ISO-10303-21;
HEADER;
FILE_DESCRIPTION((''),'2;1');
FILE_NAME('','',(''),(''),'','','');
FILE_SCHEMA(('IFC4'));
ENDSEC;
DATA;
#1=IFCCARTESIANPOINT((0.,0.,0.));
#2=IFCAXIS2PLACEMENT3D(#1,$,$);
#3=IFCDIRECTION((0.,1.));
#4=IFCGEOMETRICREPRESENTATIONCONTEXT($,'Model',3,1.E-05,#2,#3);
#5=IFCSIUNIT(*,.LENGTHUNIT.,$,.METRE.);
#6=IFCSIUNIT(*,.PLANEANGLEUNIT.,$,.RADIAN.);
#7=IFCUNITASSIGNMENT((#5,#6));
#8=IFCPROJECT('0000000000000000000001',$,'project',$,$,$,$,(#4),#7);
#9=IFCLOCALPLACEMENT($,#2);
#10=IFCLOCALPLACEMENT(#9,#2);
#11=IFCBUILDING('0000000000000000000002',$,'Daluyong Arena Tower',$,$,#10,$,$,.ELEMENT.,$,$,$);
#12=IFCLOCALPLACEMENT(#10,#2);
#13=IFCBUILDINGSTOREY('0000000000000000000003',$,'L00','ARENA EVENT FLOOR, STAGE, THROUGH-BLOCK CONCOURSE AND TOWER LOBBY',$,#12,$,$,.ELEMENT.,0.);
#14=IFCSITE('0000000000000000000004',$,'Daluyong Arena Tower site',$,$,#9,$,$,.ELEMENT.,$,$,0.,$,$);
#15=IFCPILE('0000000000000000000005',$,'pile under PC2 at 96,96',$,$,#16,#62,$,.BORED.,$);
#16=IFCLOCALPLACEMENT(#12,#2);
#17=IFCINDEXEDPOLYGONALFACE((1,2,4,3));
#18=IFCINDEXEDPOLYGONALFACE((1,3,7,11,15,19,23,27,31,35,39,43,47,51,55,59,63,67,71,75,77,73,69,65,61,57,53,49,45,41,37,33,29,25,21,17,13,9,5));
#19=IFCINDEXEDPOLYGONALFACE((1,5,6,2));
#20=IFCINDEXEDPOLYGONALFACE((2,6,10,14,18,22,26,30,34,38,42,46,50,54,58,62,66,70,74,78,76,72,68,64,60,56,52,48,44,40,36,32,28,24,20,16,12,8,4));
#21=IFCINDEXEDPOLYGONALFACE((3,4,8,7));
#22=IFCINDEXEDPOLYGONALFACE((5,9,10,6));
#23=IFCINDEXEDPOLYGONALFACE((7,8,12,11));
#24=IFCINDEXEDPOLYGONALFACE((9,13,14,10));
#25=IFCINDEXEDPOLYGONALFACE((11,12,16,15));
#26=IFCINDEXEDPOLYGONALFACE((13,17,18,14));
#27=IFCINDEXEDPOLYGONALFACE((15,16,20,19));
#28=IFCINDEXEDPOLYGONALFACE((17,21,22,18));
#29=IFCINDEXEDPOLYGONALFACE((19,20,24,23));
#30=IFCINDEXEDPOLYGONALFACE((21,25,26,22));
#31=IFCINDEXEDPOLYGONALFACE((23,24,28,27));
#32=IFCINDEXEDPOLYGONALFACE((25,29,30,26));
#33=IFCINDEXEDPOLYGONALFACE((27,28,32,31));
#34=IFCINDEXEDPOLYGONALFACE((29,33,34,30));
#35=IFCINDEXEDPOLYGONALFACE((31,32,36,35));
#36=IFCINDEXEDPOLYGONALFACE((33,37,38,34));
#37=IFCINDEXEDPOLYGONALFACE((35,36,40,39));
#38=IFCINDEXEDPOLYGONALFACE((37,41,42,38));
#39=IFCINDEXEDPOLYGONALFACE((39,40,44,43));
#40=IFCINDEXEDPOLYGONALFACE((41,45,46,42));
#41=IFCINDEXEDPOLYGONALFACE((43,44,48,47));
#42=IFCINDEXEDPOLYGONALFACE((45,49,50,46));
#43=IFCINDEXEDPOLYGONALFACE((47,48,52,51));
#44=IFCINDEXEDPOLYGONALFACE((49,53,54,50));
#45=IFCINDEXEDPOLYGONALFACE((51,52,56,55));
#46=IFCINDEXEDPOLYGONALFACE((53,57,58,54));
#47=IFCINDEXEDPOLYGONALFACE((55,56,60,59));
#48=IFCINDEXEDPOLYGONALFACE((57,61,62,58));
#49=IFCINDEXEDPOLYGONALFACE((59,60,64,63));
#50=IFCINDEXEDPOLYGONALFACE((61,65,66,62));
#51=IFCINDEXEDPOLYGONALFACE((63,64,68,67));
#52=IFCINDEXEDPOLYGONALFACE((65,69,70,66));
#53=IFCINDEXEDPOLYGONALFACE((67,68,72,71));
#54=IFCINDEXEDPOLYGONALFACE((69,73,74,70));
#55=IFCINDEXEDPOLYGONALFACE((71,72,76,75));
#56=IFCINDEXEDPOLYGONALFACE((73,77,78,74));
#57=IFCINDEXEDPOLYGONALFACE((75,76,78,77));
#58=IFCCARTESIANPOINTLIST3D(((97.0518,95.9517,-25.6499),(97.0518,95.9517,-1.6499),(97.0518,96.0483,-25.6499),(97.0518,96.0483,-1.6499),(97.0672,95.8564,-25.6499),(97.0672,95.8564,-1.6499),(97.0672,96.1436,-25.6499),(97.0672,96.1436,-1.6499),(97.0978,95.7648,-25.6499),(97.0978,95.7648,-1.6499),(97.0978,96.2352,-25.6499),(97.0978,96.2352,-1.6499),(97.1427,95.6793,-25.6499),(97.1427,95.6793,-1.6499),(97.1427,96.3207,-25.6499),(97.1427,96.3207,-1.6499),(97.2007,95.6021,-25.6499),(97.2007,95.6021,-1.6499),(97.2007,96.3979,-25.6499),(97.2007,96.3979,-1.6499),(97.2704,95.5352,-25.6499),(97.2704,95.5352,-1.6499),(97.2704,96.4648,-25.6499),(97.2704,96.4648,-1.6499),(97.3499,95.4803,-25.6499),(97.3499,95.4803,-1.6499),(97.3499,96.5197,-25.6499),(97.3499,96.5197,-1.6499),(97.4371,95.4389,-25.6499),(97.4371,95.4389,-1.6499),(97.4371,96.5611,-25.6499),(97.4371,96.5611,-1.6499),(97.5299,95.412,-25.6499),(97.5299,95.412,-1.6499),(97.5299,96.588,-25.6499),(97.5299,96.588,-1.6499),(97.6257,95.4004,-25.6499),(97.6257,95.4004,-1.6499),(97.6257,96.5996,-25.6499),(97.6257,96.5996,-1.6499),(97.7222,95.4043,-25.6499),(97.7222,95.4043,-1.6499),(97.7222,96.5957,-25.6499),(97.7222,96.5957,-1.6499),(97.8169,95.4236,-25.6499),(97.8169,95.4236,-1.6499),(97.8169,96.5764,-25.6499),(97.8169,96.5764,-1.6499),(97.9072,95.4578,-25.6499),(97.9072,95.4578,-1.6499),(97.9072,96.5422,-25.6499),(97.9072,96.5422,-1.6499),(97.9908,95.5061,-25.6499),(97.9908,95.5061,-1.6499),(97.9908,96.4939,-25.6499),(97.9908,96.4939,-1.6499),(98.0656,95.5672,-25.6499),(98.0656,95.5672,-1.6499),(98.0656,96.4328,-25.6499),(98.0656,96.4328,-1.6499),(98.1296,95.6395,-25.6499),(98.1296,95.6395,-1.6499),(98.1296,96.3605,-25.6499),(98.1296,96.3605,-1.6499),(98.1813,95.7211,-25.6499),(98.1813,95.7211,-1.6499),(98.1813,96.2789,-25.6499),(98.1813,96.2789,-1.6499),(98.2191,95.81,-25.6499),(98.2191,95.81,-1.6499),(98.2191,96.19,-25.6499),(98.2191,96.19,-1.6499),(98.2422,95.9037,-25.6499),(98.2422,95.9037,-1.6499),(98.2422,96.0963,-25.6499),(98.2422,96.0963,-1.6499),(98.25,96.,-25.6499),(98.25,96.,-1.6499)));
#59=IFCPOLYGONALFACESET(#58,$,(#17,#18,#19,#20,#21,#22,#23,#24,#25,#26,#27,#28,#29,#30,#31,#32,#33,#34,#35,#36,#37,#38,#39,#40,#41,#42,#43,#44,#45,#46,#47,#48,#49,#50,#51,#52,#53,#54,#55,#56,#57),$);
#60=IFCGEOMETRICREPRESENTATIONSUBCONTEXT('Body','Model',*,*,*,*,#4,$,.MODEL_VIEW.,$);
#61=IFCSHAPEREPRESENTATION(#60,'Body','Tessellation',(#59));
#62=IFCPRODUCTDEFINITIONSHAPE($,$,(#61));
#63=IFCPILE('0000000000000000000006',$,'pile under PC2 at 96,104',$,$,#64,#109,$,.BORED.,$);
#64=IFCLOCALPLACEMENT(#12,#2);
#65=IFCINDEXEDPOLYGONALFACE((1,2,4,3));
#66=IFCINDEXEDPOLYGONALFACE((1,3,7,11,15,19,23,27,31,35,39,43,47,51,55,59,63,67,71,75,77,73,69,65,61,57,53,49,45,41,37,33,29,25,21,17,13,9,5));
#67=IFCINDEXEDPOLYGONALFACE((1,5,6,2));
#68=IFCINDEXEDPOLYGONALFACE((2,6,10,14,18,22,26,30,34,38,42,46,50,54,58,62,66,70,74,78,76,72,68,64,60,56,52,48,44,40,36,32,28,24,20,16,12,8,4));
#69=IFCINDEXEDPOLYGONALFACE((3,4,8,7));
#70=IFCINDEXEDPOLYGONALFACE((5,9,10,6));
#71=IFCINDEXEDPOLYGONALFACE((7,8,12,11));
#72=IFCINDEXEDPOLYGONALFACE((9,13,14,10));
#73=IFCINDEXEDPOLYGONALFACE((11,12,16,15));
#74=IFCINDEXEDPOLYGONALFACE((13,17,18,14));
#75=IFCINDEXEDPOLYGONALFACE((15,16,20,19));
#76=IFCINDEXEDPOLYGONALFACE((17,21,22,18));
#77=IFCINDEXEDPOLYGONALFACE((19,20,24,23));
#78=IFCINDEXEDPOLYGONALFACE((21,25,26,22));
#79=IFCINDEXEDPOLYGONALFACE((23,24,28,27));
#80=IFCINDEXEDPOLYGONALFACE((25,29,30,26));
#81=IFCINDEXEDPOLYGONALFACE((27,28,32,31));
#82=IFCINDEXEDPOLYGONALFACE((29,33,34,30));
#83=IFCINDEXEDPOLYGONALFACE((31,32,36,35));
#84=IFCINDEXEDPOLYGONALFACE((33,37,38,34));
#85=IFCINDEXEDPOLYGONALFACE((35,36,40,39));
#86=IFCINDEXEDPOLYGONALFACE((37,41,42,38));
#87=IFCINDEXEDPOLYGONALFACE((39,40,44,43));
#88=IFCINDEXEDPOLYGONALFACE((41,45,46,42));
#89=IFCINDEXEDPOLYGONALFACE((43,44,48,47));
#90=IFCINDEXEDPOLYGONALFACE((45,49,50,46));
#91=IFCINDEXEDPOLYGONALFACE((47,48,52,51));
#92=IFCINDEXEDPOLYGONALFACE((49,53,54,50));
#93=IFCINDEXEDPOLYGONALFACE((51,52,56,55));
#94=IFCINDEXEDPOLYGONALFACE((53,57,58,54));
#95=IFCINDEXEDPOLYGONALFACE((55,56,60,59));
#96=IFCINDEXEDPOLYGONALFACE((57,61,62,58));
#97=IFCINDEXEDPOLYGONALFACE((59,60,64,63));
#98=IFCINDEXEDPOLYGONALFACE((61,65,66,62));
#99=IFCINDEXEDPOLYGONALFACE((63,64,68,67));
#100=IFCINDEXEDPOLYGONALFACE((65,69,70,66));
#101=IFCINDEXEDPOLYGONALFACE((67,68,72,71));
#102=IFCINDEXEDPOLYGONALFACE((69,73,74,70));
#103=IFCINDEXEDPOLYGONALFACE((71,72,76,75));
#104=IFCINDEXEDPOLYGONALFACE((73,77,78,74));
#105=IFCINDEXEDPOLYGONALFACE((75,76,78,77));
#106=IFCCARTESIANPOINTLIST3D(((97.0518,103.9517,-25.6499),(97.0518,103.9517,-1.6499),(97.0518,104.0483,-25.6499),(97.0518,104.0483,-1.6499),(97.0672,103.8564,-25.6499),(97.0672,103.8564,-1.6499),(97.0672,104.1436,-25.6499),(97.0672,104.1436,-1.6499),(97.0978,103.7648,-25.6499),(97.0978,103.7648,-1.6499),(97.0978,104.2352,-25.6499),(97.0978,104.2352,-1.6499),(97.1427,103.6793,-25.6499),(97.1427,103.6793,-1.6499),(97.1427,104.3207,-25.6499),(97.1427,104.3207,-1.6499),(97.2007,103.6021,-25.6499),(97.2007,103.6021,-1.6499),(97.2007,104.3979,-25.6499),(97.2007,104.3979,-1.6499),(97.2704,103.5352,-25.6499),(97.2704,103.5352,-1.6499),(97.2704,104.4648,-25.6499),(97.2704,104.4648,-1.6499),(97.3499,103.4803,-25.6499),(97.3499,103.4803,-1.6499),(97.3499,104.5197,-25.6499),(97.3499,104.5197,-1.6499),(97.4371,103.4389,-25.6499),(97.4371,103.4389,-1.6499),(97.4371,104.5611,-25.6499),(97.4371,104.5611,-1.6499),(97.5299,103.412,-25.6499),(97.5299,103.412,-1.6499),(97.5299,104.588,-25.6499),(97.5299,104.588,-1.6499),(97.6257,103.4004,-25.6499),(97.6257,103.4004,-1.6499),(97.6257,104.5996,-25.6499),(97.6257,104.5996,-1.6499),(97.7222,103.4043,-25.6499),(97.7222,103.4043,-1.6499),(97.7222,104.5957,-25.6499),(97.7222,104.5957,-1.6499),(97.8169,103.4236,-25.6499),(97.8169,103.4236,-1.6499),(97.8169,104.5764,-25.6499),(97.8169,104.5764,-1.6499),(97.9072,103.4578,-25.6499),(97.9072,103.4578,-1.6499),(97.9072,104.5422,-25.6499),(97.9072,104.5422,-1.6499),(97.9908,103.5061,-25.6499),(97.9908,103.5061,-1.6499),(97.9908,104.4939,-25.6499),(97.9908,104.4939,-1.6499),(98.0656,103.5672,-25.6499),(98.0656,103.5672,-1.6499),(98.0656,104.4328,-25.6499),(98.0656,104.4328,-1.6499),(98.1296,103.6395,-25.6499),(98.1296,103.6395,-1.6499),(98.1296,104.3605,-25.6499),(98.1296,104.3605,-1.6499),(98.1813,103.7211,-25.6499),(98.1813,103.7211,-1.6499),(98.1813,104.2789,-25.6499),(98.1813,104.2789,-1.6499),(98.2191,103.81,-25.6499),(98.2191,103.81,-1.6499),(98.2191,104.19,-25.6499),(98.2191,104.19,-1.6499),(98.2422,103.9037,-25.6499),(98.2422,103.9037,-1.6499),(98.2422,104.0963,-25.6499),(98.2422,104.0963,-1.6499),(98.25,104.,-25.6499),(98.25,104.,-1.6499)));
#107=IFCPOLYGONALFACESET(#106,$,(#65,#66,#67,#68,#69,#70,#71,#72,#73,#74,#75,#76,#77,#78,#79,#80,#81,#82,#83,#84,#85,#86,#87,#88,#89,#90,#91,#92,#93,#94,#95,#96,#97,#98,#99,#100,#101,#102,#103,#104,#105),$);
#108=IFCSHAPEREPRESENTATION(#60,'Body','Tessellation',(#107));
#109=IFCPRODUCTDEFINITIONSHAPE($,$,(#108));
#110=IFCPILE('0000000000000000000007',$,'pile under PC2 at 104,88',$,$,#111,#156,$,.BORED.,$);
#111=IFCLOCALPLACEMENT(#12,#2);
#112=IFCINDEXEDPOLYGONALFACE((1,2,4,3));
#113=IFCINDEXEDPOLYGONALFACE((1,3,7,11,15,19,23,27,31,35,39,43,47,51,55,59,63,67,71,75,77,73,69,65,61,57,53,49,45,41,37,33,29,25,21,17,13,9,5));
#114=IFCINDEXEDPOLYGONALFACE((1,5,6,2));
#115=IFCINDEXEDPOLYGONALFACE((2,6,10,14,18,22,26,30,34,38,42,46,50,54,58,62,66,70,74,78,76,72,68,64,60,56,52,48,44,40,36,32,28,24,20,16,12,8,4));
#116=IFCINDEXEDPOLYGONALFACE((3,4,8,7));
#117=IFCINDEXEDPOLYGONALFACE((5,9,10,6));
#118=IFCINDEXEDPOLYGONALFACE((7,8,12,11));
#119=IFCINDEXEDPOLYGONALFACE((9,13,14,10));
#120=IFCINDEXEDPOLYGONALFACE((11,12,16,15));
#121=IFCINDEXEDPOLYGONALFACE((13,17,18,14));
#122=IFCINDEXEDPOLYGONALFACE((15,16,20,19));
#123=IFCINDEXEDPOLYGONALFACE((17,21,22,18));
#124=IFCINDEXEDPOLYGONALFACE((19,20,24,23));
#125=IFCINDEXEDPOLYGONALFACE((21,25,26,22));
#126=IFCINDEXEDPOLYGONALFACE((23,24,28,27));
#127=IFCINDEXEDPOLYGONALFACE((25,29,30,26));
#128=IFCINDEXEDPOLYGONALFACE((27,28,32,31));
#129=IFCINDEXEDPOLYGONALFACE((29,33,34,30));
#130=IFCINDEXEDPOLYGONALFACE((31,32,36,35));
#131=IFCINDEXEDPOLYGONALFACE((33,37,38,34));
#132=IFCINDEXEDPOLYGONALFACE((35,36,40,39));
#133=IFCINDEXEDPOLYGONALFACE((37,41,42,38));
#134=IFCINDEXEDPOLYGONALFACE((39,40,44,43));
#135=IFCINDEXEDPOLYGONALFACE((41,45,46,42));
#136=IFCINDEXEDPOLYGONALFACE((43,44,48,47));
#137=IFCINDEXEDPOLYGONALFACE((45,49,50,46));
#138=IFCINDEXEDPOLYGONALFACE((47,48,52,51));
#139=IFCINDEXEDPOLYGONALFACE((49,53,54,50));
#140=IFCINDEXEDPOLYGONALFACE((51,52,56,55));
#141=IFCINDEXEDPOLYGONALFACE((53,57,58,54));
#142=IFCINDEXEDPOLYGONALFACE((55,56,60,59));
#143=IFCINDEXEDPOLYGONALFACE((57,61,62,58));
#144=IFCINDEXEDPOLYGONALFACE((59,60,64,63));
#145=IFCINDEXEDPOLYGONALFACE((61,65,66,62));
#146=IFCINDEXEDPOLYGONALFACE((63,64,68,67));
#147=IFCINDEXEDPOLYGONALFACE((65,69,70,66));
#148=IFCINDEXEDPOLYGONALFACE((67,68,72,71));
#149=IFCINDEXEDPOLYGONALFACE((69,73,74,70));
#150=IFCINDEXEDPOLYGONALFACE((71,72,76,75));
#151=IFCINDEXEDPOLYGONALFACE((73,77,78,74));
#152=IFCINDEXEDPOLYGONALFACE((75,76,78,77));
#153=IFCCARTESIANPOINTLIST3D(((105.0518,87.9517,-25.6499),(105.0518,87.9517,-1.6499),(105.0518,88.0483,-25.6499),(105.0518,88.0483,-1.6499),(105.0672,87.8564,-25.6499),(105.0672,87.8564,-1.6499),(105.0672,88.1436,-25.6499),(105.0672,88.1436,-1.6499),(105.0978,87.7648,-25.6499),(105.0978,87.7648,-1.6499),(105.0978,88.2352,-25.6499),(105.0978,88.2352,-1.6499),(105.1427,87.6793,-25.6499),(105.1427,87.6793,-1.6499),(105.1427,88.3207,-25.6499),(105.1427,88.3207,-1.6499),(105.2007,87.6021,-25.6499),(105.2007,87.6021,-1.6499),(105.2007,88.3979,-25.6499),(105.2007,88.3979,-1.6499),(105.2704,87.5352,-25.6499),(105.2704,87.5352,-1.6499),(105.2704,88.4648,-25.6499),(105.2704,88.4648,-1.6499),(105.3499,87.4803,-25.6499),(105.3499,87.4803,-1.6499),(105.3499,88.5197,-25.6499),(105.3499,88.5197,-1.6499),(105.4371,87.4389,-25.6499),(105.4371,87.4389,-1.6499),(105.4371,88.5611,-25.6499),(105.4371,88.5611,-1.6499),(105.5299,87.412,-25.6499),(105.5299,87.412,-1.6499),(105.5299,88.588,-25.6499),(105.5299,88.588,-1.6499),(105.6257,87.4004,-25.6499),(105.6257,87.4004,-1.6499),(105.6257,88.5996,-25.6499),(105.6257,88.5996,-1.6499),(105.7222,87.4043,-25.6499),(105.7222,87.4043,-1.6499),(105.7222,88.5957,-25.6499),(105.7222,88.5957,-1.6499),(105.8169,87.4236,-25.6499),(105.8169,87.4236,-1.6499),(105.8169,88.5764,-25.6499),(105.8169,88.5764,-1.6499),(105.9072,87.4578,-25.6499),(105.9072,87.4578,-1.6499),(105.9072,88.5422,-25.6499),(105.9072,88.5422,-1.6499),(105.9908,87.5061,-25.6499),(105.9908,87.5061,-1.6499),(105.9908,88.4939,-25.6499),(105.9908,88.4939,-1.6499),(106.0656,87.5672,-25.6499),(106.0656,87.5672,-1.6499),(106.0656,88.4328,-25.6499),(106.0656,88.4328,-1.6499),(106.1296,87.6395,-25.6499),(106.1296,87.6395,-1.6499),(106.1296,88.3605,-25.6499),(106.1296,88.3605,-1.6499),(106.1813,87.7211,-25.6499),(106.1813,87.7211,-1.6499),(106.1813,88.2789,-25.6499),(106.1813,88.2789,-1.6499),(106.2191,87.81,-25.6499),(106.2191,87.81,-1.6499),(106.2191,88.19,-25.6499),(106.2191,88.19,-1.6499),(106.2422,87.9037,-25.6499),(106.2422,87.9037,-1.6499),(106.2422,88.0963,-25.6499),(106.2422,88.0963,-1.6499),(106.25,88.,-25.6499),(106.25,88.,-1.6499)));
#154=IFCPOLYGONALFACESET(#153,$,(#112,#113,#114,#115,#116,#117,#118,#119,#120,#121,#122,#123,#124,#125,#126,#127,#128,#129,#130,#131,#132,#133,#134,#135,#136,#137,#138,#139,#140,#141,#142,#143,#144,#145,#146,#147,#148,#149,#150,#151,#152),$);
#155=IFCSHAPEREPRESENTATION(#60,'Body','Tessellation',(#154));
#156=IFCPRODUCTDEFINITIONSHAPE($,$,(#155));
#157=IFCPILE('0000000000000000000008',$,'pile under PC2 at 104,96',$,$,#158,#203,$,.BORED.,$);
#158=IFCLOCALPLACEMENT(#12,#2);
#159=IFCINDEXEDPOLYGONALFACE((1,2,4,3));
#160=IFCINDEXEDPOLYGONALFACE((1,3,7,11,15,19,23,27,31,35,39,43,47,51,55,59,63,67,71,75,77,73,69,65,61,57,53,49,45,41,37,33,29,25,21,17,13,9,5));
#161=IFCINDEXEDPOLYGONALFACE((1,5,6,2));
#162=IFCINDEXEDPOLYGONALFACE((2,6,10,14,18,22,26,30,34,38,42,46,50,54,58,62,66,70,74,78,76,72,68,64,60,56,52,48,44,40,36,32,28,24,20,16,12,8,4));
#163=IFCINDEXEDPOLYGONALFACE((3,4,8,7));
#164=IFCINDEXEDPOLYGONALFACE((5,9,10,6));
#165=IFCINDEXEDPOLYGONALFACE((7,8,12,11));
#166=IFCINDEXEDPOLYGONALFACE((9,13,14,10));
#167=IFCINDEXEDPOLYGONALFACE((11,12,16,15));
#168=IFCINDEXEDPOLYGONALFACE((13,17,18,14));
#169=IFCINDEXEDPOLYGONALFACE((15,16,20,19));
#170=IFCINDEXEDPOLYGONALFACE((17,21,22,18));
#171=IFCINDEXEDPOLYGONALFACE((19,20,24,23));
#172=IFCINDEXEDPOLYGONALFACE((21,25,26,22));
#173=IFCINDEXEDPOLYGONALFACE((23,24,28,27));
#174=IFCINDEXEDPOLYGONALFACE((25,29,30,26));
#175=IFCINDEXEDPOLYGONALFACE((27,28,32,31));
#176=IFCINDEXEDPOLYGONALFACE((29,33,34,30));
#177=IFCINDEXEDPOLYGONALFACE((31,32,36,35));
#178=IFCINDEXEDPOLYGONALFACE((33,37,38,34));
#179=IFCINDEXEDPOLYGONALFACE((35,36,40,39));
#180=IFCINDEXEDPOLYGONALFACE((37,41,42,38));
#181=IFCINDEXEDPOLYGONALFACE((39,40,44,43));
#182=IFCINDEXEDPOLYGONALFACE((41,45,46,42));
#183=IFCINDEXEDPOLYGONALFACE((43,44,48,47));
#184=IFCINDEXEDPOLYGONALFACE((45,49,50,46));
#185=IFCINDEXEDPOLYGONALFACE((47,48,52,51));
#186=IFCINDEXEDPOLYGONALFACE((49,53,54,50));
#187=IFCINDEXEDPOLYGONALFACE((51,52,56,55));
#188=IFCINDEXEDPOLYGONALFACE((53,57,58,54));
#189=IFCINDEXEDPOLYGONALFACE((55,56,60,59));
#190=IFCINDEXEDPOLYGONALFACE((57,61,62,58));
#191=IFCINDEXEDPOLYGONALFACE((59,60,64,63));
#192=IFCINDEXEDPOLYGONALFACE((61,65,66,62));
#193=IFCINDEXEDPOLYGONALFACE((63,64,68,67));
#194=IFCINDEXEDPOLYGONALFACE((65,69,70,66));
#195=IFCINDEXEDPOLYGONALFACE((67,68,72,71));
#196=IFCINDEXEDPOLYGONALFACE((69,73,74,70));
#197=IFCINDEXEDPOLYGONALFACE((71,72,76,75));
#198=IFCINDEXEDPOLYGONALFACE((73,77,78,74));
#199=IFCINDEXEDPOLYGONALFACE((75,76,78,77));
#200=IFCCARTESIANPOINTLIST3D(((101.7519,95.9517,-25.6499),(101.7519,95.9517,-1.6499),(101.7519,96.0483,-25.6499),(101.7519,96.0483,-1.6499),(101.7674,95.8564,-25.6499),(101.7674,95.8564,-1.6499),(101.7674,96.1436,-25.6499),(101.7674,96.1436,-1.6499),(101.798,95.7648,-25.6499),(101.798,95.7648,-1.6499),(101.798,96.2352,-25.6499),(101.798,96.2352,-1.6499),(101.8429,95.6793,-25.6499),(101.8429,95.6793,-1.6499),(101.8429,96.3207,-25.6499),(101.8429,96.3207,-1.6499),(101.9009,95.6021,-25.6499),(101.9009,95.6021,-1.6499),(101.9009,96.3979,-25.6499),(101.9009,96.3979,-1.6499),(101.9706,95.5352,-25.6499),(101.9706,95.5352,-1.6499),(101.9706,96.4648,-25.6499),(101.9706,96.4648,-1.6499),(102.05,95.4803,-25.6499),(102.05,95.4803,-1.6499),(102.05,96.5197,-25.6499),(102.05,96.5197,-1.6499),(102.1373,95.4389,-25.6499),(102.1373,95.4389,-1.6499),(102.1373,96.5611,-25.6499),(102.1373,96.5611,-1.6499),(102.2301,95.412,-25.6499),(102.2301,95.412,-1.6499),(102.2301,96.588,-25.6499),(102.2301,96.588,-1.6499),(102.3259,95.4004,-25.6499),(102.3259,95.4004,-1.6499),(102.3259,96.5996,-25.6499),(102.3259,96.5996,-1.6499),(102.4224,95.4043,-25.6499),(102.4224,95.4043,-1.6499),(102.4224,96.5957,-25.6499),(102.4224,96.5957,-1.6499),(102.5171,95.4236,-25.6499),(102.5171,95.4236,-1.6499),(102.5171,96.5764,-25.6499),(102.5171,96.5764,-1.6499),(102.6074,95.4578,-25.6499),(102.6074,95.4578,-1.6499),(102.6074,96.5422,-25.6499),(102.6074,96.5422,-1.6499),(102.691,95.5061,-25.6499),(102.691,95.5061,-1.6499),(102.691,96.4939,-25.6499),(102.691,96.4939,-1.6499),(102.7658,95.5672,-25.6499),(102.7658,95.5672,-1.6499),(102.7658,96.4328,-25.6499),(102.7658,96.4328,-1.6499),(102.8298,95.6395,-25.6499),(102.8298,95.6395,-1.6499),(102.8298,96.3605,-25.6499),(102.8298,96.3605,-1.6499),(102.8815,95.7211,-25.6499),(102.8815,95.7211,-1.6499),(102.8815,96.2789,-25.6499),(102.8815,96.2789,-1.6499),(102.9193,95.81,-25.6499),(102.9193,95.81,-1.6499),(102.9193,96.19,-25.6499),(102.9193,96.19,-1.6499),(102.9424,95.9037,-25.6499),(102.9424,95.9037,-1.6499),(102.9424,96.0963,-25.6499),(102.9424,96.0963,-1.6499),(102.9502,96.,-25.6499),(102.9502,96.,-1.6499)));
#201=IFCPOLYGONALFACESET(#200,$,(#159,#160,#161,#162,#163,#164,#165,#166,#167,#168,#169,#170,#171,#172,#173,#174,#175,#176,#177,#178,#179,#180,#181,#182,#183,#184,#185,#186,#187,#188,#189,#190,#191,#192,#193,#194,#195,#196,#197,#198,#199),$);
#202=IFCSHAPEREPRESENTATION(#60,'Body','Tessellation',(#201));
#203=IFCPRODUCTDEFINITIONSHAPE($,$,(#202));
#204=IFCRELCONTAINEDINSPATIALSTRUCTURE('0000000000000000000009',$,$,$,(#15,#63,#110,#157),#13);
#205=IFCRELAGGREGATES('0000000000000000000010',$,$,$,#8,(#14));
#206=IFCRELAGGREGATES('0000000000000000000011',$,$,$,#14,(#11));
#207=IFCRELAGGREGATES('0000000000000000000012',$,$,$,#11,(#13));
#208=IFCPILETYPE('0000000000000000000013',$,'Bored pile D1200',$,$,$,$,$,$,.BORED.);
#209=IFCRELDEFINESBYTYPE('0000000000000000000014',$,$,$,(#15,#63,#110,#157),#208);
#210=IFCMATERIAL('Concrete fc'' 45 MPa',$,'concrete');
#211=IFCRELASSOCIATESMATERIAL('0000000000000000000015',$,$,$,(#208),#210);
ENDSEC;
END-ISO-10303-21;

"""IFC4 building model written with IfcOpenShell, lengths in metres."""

from ifc_helpers import new_model, si_unit, direction, frame, origin, origin_2d, place, context, subcontext, project, spatial, circle, extrude, material, type_object, element, save


model = new_model("IFC4")

# Units and contexts
model_context = context("Model", 3, precision=1e-05, world=origin(), true_north=direction((0.0, 1.0)))
body_context = subcontext(model_context, "Body", "Model", "MODEL_VIEW")
ifc_project = project(units=[si_unit("LENGTHUNIT", "METRE"), si_unit("PLANEANGLEUNIT", "RADIAN")], contexts=[model_context])

# Site, building, storey
site_placement = place(None, origin())
site = spatial("IfcSite", under=ifc_project, at=site_placement, Name="Daluyong Arena Tower site", CompositionType="ELEMENT", RefElevation=0.0)
building_placement = place(site_placement, origin())
building = spatial("IfcBuilding", under=site, at=building_placement, Name="Daluyong Arena Tower", CompositionType="ELEMENT")
storey_placement = place(building_placement, origin())
storey = spatial("IfcBuildingStorey", under=building, at=storey_placement, Name="L00", Description="ARENA EVENT FLOOR, STAGE, THROUGH-BLOCK CONCOURSE AND TOWER LOBBY", CompositionType="ELEMENT", Elevation=0.0)

# Piles
ifc_material_1 = material(Name="Concrete fc' 45 MPa", Category="concrete")
pile_type = type_object("IfcPileType", Name="Bored pile D1200", PredefinedType="BORED", material=ifc_material_1)
for number, where, z_axis, x_axis, name in (
    (1, (97.6499, 96.0, -1.6499), (0.0, 0.0, -1.0), (1.0, 0.0, 0.0), "pile under PC2 at 96,96"),
    (2, (97.6499, 104.0, -1.6499), (0.0, 0.0, -1.0), (1.0, 0.0, 0.0), "pile under PC2 at 96,104"),
    (3, (105.6499, 88.0, -1.6499), (0.0, 0.0, -1.0), (1.0, 0.0, 0.0), "pile under PC2 at 104,88"),
    (4, (102.3501, 96.0, -1.6499), (0.0, 0.0, -1.0), (1.0, 0.0, 0.0), "pile under PC2 at 104,96"),
):
    element("IfcPile", number, at=place(storey_placement, frame(where, z_axis=z_axis, x_axis=x_axis)), inside=storey, type_object=pile_type, Name=name, PredefinedType="BORED", context=body_context, shape_type="SweptSolid", body=[
        extrude(circle(Radius=0.6001, at=origin_2d()), origin(), (0.0, 0.0, 1.0), 24.0),
    ])

save(model, "model.ifc")
